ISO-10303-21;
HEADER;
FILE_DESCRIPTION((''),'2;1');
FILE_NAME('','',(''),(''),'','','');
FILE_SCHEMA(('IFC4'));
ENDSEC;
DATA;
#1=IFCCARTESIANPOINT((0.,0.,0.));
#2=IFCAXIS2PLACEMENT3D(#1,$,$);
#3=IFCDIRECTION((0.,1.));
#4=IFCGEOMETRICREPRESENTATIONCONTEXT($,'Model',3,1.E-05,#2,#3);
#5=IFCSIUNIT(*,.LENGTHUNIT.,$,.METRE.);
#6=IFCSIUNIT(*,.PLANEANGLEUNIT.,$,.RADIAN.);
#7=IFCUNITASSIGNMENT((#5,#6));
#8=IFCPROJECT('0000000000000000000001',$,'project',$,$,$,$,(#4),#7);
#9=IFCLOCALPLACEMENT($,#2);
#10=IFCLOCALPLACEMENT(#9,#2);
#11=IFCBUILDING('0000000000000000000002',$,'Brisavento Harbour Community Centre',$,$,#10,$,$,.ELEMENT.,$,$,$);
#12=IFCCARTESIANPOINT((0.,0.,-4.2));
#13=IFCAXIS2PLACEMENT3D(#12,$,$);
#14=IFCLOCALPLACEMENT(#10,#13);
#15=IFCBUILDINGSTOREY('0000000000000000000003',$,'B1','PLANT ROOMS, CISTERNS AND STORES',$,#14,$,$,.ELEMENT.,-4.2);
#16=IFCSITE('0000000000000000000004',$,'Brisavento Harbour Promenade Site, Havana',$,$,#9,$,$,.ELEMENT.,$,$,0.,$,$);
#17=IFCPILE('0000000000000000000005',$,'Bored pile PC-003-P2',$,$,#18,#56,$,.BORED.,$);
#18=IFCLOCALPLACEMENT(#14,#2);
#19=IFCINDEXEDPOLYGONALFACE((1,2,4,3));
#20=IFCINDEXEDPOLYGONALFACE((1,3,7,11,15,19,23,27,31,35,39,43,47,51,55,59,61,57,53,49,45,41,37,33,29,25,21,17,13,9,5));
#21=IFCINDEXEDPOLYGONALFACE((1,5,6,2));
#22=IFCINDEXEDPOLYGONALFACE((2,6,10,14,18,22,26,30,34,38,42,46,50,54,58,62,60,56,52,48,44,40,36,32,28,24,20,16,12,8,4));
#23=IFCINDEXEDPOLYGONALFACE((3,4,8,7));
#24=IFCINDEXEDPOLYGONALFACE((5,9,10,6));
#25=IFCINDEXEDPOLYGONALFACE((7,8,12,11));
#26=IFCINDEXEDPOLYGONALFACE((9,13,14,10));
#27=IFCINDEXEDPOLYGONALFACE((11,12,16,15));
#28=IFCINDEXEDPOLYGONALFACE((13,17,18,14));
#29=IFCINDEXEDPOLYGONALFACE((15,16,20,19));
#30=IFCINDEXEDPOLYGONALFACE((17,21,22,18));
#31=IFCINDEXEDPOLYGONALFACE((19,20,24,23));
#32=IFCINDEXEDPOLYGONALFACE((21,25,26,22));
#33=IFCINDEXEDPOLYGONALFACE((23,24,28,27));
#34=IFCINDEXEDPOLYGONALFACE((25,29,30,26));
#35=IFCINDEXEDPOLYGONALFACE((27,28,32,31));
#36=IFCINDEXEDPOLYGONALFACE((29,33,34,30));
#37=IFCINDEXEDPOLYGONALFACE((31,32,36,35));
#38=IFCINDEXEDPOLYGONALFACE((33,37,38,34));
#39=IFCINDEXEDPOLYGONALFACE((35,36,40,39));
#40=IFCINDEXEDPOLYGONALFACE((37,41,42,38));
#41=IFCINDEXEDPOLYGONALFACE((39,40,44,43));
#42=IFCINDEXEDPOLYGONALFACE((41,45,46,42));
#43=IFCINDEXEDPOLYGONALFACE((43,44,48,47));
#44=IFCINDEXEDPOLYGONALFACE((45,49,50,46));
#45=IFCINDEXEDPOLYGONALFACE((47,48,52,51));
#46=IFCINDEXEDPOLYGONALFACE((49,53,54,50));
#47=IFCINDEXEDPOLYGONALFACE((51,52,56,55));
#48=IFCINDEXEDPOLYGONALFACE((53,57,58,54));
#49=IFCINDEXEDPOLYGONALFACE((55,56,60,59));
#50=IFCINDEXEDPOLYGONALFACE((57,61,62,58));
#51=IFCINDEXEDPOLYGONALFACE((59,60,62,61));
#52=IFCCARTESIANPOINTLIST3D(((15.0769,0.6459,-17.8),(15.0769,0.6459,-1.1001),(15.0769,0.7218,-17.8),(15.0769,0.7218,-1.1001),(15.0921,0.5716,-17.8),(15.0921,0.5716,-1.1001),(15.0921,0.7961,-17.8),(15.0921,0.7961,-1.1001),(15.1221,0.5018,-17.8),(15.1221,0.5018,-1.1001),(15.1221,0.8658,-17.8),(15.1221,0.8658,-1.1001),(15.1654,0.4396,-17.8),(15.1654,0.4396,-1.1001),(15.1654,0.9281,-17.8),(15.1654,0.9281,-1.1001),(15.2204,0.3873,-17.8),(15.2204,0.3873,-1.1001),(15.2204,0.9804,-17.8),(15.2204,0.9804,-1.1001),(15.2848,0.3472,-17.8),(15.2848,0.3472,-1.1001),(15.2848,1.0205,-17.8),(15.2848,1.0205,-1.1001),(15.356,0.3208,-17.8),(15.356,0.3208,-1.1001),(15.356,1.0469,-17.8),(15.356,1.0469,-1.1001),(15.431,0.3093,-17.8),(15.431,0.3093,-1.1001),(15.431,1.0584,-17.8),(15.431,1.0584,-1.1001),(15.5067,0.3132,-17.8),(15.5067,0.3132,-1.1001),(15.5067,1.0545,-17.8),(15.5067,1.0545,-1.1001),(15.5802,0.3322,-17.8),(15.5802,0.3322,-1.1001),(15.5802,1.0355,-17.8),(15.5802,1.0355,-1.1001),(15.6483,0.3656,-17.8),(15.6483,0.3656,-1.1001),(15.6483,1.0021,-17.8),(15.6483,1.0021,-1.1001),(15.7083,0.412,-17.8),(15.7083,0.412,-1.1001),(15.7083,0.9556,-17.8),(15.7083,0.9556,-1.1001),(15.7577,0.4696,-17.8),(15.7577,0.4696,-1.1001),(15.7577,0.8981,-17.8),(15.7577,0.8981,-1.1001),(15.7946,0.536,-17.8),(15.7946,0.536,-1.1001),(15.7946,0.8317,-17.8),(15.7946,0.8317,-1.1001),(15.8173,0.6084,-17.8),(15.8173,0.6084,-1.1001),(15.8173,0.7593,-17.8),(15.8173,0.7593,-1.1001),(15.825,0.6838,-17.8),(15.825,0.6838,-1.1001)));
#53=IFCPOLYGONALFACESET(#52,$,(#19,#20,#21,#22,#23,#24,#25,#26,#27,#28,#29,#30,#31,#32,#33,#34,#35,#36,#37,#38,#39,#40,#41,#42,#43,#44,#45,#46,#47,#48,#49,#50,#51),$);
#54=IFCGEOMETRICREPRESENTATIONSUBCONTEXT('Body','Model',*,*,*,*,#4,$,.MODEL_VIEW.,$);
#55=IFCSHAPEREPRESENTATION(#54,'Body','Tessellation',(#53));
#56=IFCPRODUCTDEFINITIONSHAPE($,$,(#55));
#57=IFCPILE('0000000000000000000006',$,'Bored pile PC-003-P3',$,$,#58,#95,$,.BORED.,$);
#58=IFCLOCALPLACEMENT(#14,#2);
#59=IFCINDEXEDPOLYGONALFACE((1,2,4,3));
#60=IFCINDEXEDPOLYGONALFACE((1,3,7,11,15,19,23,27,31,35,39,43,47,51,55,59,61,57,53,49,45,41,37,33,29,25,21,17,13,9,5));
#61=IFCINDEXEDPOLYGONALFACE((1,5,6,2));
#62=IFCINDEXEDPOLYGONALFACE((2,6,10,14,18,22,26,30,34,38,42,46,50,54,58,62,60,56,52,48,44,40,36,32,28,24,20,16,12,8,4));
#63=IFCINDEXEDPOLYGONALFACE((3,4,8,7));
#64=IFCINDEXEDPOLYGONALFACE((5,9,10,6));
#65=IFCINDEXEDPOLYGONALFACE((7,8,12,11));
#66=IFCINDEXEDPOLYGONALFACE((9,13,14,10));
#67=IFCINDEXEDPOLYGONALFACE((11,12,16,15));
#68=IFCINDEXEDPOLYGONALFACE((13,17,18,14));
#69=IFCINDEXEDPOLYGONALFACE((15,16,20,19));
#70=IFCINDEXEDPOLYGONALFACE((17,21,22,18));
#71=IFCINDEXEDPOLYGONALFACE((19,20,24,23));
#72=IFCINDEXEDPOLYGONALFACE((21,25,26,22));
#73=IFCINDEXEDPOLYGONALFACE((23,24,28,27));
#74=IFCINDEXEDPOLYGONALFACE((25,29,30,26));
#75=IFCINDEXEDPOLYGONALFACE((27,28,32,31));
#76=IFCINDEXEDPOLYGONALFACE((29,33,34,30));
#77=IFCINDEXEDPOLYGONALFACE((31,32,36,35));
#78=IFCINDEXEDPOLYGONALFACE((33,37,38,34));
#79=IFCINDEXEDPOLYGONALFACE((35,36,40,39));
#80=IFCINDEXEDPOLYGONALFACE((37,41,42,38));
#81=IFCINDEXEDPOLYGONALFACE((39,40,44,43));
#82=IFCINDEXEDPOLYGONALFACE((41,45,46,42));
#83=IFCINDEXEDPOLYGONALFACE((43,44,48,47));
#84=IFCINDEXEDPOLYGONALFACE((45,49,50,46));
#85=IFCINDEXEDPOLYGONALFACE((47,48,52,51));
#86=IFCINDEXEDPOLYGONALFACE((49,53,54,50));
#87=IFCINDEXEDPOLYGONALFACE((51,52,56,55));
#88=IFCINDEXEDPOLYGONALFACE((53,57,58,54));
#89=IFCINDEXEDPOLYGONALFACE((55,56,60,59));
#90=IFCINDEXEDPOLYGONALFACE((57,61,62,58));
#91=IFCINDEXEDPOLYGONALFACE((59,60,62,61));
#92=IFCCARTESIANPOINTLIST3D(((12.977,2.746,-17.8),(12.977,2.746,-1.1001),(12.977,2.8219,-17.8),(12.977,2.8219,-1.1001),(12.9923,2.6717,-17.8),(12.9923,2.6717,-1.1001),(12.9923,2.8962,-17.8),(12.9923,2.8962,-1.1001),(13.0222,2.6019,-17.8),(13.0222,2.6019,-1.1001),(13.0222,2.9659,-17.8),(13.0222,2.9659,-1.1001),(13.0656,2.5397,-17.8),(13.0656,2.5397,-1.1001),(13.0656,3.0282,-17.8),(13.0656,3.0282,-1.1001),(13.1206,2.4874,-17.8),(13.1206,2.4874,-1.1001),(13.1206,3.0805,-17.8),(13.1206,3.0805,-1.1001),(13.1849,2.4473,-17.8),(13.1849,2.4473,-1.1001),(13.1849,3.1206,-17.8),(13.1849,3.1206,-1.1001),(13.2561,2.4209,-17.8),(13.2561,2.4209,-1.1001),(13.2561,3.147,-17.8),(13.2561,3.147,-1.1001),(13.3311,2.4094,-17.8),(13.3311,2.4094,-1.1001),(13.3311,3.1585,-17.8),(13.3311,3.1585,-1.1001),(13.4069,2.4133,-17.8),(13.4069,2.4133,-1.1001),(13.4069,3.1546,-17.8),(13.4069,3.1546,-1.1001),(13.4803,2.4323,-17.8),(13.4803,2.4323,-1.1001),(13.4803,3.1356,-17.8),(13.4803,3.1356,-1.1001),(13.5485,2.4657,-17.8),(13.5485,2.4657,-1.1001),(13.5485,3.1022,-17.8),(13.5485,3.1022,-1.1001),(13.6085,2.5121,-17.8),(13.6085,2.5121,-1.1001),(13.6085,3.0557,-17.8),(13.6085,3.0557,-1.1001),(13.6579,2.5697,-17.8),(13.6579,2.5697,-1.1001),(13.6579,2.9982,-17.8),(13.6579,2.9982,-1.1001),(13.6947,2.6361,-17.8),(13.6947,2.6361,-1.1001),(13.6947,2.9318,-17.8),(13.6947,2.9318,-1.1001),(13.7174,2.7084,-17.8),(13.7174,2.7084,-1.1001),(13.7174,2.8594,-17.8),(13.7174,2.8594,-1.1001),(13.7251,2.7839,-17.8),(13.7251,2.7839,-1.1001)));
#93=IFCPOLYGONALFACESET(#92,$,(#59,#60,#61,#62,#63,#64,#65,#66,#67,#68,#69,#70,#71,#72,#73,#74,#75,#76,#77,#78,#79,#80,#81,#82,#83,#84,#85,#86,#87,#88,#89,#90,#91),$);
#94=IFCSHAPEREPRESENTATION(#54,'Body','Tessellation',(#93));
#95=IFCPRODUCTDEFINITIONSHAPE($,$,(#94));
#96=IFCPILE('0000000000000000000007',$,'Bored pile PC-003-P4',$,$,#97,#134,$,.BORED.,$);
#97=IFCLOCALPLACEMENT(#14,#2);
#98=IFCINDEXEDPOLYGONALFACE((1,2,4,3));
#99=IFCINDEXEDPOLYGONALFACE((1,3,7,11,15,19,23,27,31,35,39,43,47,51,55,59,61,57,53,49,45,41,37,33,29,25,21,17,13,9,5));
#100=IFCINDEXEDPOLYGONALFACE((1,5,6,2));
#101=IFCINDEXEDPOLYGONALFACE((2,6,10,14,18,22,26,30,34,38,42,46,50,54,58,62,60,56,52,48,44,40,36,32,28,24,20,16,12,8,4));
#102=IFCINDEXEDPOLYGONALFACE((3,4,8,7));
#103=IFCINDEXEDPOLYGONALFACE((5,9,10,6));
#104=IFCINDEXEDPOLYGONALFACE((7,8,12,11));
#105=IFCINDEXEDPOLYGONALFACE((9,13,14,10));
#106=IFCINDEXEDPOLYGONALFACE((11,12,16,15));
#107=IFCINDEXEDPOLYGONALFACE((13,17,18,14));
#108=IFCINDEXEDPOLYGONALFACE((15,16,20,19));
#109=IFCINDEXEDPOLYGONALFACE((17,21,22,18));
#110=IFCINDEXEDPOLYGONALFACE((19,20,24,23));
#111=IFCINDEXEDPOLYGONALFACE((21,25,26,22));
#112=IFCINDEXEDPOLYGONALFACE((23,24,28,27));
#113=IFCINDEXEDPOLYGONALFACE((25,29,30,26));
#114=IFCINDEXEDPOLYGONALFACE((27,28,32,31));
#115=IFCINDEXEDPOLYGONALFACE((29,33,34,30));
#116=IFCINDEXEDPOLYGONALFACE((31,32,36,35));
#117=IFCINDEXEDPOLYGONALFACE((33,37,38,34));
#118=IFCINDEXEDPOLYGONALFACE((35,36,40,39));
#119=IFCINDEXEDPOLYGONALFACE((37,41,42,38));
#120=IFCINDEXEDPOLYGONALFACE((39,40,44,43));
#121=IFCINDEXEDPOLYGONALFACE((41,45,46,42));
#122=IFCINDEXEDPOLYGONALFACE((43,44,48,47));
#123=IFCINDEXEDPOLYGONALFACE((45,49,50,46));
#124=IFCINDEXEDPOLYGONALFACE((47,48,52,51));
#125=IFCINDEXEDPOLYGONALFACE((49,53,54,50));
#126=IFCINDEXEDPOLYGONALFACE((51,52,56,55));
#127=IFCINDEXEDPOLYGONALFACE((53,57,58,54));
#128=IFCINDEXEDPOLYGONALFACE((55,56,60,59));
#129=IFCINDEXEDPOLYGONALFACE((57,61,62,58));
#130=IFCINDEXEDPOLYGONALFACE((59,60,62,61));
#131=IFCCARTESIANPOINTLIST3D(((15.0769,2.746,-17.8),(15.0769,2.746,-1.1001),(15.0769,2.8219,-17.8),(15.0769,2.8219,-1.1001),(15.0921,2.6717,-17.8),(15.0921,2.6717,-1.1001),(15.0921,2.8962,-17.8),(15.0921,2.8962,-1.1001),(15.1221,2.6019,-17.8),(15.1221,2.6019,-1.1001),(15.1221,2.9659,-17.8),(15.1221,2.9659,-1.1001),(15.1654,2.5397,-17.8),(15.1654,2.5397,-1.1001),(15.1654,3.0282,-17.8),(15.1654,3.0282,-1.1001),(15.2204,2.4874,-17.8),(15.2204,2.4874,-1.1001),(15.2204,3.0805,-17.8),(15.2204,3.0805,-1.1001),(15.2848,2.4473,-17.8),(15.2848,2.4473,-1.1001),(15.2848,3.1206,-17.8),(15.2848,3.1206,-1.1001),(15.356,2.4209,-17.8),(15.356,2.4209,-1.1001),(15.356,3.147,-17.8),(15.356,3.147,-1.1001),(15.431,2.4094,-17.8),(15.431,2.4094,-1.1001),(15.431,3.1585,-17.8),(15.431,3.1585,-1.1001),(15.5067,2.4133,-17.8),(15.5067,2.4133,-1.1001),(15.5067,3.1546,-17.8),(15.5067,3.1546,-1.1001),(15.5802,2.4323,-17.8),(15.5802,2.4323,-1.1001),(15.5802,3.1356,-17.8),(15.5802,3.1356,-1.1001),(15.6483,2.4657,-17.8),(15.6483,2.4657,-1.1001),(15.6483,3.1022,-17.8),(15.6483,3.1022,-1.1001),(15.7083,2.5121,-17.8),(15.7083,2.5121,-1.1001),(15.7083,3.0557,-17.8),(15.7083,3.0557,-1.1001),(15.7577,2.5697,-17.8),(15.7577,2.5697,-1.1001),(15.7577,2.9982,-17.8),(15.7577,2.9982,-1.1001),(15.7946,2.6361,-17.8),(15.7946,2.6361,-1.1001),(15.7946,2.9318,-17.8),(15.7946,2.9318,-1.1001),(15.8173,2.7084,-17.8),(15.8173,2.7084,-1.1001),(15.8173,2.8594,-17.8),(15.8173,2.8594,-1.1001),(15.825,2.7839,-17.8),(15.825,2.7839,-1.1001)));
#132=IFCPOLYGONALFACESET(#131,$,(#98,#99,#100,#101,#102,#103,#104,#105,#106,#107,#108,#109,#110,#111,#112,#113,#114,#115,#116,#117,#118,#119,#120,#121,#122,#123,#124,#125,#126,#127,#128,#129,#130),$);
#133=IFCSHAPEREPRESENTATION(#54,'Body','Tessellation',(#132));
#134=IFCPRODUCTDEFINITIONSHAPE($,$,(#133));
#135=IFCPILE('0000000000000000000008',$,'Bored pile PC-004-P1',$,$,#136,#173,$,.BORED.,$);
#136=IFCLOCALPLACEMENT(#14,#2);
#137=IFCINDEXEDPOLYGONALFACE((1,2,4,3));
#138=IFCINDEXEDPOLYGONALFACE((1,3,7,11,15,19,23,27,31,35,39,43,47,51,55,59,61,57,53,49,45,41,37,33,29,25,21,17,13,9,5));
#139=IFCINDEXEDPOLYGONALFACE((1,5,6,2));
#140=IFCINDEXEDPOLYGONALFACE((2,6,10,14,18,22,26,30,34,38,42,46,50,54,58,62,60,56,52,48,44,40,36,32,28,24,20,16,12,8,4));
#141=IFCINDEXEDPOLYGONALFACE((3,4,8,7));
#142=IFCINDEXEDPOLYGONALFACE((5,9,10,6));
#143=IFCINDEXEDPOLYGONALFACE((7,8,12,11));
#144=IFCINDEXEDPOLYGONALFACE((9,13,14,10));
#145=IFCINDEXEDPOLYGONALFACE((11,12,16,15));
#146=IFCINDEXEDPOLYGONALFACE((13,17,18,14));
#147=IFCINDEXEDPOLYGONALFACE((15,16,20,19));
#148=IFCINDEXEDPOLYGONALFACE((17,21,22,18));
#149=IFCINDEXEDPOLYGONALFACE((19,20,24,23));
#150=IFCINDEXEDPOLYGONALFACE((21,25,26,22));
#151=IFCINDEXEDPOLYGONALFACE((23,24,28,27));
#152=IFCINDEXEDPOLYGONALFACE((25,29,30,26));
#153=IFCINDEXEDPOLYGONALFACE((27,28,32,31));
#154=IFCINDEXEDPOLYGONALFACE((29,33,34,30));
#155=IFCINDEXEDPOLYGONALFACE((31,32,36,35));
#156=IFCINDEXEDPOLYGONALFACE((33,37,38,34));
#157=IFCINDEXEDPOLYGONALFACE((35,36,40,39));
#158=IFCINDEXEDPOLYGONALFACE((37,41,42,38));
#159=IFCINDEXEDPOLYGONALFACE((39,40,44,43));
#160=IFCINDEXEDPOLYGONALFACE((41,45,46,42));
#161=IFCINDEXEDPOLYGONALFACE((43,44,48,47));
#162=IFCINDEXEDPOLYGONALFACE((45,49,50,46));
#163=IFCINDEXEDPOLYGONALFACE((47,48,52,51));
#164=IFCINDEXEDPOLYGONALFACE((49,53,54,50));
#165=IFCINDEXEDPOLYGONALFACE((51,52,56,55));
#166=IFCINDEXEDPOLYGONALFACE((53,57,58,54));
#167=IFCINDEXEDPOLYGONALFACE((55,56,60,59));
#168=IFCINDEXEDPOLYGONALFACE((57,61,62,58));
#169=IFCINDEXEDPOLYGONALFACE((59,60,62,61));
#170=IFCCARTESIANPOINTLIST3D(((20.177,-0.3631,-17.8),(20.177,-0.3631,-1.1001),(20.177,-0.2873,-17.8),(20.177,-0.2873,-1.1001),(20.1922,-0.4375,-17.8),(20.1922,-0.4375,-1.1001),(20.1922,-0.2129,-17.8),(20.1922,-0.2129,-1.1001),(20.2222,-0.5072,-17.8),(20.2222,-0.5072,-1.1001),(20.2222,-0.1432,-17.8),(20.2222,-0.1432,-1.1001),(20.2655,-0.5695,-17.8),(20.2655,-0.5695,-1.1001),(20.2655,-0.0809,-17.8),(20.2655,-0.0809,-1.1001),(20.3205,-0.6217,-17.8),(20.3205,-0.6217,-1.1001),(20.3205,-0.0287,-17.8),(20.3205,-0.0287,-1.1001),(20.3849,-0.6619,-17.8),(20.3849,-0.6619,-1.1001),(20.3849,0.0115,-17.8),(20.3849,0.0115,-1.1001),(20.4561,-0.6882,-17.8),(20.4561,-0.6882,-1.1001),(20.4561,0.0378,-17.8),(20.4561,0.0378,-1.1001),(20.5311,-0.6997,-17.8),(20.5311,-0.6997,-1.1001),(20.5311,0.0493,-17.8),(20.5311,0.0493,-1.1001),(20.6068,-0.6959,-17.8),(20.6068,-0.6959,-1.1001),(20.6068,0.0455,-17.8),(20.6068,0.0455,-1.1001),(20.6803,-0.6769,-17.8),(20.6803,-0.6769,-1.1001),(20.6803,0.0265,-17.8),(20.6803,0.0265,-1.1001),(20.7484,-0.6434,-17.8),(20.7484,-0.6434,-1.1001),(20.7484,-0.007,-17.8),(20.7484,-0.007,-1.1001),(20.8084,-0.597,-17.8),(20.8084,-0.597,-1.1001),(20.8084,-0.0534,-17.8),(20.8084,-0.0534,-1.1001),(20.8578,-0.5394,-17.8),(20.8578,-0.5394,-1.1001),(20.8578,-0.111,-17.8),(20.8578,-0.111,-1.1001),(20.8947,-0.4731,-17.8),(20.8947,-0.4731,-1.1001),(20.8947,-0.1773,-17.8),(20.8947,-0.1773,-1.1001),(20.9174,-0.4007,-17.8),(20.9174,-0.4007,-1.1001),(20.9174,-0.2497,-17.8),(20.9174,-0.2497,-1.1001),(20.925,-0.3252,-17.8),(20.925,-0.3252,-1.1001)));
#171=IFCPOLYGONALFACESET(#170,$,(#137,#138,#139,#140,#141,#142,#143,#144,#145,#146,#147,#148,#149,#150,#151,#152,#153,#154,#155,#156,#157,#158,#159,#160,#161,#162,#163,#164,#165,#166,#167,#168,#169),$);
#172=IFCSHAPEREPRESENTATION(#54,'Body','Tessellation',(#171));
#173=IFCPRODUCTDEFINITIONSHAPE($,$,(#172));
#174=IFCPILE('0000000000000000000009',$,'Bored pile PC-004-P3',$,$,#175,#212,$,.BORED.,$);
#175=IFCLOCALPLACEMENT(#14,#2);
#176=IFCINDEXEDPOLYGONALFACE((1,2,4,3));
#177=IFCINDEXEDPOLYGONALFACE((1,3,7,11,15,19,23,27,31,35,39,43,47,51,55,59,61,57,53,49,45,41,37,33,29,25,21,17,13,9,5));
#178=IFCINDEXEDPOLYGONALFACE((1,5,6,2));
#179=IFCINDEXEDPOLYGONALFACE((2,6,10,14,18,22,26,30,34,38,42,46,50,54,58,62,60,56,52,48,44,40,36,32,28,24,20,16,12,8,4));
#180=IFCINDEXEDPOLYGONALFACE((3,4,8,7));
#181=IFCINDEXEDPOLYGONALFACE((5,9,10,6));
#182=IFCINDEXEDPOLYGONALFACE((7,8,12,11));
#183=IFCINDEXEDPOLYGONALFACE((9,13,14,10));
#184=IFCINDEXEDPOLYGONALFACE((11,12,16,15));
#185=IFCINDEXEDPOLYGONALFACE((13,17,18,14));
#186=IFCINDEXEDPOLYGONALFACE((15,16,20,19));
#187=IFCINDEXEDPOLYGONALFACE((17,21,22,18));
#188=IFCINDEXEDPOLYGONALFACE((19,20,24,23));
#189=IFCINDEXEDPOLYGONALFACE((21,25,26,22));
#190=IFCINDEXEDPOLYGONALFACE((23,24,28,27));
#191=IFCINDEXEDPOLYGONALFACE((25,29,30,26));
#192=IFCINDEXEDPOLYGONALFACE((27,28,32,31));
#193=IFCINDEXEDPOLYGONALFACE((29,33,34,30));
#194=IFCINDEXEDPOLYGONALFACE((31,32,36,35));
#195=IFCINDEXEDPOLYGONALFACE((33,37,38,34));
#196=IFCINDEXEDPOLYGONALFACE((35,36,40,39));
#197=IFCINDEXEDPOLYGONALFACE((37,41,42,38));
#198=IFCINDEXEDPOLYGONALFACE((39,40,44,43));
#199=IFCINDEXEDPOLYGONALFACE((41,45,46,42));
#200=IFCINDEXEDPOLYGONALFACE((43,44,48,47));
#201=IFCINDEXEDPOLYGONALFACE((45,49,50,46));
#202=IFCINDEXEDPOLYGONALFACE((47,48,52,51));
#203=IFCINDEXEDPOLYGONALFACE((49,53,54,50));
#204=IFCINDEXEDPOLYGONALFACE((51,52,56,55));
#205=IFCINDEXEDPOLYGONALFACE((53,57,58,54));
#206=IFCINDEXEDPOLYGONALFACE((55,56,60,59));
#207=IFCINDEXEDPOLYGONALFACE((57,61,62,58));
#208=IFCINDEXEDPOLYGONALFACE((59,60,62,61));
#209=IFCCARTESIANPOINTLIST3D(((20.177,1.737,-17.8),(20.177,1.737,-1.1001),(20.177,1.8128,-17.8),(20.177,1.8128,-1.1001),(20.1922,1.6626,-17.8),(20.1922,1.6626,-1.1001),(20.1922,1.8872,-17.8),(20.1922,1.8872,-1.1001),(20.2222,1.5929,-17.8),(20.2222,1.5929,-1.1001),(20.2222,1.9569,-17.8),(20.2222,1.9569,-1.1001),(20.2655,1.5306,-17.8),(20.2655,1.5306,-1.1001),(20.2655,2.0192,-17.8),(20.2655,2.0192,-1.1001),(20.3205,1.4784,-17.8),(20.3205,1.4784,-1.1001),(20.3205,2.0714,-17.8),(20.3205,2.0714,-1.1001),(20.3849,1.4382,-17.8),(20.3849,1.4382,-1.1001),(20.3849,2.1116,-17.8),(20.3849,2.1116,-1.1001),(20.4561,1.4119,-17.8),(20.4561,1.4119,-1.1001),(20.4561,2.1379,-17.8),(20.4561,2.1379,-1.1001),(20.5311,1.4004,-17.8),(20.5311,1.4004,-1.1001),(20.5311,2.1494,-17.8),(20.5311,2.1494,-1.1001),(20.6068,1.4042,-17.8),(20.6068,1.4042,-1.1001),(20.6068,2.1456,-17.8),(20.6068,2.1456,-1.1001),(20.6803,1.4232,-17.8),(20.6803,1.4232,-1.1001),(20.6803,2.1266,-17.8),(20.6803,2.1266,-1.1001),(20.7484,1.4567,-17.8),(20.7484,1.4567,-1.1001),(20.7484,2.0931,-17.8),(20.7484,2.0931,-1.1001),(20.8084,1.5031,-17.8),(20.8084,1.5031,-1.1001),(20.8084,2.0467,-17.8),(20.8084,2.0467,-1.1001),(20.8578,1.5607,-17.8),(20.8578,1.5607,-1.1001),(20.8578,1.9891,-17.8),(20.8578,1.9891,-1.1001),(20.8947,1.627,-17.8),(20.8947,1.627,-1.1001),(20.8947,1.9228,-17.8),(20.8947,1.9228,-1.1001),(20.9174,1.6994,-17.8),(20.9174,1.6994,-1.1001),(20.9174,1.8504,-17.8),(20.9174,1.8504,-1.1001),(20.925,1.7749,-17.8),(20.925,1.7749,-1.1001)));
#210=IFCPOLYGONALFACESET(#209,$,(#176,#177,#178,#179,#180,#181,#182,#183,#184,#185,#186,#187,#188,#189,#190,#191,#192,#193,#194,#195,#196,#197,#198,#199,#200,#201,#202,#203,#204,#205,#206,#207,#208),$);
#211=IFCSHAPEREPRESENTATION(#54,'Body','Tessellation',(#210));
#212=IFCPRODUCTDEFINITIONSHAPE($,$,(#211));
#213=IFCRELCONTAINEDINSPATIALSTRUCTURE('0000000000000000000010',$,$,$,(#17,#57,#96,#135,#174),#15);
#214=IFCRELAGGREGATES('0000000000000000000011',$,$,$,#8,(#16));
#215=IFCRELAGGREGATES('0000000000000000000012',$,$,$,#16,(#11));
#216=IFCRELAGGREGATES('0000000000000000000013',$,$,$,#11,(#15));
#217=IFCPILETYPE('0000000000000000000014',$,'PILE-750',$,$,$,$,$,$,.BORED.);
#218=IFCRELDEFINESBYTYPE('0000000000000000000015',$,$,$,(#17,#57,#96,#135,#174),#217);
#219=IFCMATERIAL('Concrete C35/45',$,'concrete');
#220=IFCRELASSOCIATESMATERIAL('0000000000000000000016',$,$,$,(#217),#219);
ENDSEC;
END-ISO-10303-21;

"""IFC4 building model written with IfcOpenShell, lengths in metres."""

from ifc_helpers import new_model, si_unit, direction, frame, origin, origin_2d, place, context, subcontext, project, spatial, circle, extrude, material, material_profile, profile_set, type_object, element, save


model = new_model("IFC4")

# Units and contexts
model_context = context("Model", 3, precision=1e-05, world=origin(), true_north=direction((0.0, 1.0)))
body_context = subcontext(model_context, "Body", "Model", "MODEL_VIEW")
ifc_project = project(units=[si_unit("LENGTHUNIT", "METRE"), si_unit("PLANEANGLEUNIT", "RADIAN")], contexts=[model_context])

# Site, building, storey
site_placement = place(None, origin())
site = spatial("IfcSite", under=ifc_project, at=site_placement, Name="Brisavento Harbour Promenade Site, Havana", CompositionType="ELEMENT", RefElevation=0.0)
building_placement = place(site_placement, origin())
building = spatial("IfcBuilding", under=site, at=building_placement, Name="Brisavento Harbour Community Centre", CompositionType="ELEMENT")
storey_placement = place(building_placement, frame((0.0, 0.0, -4.2)))
storey = spatial("IfcBuildingStorey", under=building, at=storey_placement, Name="B1", Description="PLANT ROOMS, CISTERNS AND STORES", CompositionType="ELEMENT", Elevation=-4.2)

# Shared definitions
ifc_material_1 = material(Name="Concrete C35/45", Category="concrete")

# Piles
ifc_material_profile_1 = material_profile(ifc_material_1, circle(Radius=0.375, at=origin_2d()), Name="Concrete C35/45")
ifc_profile_set_1 = profile_set([ifc_material_profile_1], Name="Concrete C35/45")
pile_type_1 = type_object("IfcPileType", Name="PILE-750", PredefinedType="BORED", material=ifc_profile_set_1)
for number, where, z_axis, x_axis, name in (
    (1, (15.45, 0.6838, -1.1001), (0.0, 0.0, -1.0), (1.0, 0.0, 0.0), "Bored pile PC-003-P2"),
    (2, (13.3501, 2.7839, -1.1001), (0.0, 0.0, -1.0), (1.0, 0.0, 0.0), "Bored pile PC-003-P3"),
    (3, (15.45, 2.7839, -1.1001), (0.0, 0.0, -1.0), (1.0, 0.0, 0.0), "Bored pile PC-003-P4"),
    (4, (20.55, -0.3252, -1.1001), (0.0, 0.0, -1.0), (1.0, 0.0, 0.0), "Bored pile PC-004-P1"),
    (5, (20.55, 1.7749, -1.1001), (0.0, 0.0, -1.0), (1.0, 0.0, 0.0), "Bored pile PC-004-P3"),
):
    element("IfcPile", number, at=place(storey_placement, frame(where, z_axis=z_axis, x_axis=x_axis)), inside=storey, type_object=pile_type_1, Name=name, PredefinedType="BORED", context=body_context, shape_type="SweptSolid", body=[
        extrude(circle(Radius=0.375, at=origin_2d()), origin(), (0.0, 0.0, 1.0), 16.7),
    ])

save(model, "model.ifc")
